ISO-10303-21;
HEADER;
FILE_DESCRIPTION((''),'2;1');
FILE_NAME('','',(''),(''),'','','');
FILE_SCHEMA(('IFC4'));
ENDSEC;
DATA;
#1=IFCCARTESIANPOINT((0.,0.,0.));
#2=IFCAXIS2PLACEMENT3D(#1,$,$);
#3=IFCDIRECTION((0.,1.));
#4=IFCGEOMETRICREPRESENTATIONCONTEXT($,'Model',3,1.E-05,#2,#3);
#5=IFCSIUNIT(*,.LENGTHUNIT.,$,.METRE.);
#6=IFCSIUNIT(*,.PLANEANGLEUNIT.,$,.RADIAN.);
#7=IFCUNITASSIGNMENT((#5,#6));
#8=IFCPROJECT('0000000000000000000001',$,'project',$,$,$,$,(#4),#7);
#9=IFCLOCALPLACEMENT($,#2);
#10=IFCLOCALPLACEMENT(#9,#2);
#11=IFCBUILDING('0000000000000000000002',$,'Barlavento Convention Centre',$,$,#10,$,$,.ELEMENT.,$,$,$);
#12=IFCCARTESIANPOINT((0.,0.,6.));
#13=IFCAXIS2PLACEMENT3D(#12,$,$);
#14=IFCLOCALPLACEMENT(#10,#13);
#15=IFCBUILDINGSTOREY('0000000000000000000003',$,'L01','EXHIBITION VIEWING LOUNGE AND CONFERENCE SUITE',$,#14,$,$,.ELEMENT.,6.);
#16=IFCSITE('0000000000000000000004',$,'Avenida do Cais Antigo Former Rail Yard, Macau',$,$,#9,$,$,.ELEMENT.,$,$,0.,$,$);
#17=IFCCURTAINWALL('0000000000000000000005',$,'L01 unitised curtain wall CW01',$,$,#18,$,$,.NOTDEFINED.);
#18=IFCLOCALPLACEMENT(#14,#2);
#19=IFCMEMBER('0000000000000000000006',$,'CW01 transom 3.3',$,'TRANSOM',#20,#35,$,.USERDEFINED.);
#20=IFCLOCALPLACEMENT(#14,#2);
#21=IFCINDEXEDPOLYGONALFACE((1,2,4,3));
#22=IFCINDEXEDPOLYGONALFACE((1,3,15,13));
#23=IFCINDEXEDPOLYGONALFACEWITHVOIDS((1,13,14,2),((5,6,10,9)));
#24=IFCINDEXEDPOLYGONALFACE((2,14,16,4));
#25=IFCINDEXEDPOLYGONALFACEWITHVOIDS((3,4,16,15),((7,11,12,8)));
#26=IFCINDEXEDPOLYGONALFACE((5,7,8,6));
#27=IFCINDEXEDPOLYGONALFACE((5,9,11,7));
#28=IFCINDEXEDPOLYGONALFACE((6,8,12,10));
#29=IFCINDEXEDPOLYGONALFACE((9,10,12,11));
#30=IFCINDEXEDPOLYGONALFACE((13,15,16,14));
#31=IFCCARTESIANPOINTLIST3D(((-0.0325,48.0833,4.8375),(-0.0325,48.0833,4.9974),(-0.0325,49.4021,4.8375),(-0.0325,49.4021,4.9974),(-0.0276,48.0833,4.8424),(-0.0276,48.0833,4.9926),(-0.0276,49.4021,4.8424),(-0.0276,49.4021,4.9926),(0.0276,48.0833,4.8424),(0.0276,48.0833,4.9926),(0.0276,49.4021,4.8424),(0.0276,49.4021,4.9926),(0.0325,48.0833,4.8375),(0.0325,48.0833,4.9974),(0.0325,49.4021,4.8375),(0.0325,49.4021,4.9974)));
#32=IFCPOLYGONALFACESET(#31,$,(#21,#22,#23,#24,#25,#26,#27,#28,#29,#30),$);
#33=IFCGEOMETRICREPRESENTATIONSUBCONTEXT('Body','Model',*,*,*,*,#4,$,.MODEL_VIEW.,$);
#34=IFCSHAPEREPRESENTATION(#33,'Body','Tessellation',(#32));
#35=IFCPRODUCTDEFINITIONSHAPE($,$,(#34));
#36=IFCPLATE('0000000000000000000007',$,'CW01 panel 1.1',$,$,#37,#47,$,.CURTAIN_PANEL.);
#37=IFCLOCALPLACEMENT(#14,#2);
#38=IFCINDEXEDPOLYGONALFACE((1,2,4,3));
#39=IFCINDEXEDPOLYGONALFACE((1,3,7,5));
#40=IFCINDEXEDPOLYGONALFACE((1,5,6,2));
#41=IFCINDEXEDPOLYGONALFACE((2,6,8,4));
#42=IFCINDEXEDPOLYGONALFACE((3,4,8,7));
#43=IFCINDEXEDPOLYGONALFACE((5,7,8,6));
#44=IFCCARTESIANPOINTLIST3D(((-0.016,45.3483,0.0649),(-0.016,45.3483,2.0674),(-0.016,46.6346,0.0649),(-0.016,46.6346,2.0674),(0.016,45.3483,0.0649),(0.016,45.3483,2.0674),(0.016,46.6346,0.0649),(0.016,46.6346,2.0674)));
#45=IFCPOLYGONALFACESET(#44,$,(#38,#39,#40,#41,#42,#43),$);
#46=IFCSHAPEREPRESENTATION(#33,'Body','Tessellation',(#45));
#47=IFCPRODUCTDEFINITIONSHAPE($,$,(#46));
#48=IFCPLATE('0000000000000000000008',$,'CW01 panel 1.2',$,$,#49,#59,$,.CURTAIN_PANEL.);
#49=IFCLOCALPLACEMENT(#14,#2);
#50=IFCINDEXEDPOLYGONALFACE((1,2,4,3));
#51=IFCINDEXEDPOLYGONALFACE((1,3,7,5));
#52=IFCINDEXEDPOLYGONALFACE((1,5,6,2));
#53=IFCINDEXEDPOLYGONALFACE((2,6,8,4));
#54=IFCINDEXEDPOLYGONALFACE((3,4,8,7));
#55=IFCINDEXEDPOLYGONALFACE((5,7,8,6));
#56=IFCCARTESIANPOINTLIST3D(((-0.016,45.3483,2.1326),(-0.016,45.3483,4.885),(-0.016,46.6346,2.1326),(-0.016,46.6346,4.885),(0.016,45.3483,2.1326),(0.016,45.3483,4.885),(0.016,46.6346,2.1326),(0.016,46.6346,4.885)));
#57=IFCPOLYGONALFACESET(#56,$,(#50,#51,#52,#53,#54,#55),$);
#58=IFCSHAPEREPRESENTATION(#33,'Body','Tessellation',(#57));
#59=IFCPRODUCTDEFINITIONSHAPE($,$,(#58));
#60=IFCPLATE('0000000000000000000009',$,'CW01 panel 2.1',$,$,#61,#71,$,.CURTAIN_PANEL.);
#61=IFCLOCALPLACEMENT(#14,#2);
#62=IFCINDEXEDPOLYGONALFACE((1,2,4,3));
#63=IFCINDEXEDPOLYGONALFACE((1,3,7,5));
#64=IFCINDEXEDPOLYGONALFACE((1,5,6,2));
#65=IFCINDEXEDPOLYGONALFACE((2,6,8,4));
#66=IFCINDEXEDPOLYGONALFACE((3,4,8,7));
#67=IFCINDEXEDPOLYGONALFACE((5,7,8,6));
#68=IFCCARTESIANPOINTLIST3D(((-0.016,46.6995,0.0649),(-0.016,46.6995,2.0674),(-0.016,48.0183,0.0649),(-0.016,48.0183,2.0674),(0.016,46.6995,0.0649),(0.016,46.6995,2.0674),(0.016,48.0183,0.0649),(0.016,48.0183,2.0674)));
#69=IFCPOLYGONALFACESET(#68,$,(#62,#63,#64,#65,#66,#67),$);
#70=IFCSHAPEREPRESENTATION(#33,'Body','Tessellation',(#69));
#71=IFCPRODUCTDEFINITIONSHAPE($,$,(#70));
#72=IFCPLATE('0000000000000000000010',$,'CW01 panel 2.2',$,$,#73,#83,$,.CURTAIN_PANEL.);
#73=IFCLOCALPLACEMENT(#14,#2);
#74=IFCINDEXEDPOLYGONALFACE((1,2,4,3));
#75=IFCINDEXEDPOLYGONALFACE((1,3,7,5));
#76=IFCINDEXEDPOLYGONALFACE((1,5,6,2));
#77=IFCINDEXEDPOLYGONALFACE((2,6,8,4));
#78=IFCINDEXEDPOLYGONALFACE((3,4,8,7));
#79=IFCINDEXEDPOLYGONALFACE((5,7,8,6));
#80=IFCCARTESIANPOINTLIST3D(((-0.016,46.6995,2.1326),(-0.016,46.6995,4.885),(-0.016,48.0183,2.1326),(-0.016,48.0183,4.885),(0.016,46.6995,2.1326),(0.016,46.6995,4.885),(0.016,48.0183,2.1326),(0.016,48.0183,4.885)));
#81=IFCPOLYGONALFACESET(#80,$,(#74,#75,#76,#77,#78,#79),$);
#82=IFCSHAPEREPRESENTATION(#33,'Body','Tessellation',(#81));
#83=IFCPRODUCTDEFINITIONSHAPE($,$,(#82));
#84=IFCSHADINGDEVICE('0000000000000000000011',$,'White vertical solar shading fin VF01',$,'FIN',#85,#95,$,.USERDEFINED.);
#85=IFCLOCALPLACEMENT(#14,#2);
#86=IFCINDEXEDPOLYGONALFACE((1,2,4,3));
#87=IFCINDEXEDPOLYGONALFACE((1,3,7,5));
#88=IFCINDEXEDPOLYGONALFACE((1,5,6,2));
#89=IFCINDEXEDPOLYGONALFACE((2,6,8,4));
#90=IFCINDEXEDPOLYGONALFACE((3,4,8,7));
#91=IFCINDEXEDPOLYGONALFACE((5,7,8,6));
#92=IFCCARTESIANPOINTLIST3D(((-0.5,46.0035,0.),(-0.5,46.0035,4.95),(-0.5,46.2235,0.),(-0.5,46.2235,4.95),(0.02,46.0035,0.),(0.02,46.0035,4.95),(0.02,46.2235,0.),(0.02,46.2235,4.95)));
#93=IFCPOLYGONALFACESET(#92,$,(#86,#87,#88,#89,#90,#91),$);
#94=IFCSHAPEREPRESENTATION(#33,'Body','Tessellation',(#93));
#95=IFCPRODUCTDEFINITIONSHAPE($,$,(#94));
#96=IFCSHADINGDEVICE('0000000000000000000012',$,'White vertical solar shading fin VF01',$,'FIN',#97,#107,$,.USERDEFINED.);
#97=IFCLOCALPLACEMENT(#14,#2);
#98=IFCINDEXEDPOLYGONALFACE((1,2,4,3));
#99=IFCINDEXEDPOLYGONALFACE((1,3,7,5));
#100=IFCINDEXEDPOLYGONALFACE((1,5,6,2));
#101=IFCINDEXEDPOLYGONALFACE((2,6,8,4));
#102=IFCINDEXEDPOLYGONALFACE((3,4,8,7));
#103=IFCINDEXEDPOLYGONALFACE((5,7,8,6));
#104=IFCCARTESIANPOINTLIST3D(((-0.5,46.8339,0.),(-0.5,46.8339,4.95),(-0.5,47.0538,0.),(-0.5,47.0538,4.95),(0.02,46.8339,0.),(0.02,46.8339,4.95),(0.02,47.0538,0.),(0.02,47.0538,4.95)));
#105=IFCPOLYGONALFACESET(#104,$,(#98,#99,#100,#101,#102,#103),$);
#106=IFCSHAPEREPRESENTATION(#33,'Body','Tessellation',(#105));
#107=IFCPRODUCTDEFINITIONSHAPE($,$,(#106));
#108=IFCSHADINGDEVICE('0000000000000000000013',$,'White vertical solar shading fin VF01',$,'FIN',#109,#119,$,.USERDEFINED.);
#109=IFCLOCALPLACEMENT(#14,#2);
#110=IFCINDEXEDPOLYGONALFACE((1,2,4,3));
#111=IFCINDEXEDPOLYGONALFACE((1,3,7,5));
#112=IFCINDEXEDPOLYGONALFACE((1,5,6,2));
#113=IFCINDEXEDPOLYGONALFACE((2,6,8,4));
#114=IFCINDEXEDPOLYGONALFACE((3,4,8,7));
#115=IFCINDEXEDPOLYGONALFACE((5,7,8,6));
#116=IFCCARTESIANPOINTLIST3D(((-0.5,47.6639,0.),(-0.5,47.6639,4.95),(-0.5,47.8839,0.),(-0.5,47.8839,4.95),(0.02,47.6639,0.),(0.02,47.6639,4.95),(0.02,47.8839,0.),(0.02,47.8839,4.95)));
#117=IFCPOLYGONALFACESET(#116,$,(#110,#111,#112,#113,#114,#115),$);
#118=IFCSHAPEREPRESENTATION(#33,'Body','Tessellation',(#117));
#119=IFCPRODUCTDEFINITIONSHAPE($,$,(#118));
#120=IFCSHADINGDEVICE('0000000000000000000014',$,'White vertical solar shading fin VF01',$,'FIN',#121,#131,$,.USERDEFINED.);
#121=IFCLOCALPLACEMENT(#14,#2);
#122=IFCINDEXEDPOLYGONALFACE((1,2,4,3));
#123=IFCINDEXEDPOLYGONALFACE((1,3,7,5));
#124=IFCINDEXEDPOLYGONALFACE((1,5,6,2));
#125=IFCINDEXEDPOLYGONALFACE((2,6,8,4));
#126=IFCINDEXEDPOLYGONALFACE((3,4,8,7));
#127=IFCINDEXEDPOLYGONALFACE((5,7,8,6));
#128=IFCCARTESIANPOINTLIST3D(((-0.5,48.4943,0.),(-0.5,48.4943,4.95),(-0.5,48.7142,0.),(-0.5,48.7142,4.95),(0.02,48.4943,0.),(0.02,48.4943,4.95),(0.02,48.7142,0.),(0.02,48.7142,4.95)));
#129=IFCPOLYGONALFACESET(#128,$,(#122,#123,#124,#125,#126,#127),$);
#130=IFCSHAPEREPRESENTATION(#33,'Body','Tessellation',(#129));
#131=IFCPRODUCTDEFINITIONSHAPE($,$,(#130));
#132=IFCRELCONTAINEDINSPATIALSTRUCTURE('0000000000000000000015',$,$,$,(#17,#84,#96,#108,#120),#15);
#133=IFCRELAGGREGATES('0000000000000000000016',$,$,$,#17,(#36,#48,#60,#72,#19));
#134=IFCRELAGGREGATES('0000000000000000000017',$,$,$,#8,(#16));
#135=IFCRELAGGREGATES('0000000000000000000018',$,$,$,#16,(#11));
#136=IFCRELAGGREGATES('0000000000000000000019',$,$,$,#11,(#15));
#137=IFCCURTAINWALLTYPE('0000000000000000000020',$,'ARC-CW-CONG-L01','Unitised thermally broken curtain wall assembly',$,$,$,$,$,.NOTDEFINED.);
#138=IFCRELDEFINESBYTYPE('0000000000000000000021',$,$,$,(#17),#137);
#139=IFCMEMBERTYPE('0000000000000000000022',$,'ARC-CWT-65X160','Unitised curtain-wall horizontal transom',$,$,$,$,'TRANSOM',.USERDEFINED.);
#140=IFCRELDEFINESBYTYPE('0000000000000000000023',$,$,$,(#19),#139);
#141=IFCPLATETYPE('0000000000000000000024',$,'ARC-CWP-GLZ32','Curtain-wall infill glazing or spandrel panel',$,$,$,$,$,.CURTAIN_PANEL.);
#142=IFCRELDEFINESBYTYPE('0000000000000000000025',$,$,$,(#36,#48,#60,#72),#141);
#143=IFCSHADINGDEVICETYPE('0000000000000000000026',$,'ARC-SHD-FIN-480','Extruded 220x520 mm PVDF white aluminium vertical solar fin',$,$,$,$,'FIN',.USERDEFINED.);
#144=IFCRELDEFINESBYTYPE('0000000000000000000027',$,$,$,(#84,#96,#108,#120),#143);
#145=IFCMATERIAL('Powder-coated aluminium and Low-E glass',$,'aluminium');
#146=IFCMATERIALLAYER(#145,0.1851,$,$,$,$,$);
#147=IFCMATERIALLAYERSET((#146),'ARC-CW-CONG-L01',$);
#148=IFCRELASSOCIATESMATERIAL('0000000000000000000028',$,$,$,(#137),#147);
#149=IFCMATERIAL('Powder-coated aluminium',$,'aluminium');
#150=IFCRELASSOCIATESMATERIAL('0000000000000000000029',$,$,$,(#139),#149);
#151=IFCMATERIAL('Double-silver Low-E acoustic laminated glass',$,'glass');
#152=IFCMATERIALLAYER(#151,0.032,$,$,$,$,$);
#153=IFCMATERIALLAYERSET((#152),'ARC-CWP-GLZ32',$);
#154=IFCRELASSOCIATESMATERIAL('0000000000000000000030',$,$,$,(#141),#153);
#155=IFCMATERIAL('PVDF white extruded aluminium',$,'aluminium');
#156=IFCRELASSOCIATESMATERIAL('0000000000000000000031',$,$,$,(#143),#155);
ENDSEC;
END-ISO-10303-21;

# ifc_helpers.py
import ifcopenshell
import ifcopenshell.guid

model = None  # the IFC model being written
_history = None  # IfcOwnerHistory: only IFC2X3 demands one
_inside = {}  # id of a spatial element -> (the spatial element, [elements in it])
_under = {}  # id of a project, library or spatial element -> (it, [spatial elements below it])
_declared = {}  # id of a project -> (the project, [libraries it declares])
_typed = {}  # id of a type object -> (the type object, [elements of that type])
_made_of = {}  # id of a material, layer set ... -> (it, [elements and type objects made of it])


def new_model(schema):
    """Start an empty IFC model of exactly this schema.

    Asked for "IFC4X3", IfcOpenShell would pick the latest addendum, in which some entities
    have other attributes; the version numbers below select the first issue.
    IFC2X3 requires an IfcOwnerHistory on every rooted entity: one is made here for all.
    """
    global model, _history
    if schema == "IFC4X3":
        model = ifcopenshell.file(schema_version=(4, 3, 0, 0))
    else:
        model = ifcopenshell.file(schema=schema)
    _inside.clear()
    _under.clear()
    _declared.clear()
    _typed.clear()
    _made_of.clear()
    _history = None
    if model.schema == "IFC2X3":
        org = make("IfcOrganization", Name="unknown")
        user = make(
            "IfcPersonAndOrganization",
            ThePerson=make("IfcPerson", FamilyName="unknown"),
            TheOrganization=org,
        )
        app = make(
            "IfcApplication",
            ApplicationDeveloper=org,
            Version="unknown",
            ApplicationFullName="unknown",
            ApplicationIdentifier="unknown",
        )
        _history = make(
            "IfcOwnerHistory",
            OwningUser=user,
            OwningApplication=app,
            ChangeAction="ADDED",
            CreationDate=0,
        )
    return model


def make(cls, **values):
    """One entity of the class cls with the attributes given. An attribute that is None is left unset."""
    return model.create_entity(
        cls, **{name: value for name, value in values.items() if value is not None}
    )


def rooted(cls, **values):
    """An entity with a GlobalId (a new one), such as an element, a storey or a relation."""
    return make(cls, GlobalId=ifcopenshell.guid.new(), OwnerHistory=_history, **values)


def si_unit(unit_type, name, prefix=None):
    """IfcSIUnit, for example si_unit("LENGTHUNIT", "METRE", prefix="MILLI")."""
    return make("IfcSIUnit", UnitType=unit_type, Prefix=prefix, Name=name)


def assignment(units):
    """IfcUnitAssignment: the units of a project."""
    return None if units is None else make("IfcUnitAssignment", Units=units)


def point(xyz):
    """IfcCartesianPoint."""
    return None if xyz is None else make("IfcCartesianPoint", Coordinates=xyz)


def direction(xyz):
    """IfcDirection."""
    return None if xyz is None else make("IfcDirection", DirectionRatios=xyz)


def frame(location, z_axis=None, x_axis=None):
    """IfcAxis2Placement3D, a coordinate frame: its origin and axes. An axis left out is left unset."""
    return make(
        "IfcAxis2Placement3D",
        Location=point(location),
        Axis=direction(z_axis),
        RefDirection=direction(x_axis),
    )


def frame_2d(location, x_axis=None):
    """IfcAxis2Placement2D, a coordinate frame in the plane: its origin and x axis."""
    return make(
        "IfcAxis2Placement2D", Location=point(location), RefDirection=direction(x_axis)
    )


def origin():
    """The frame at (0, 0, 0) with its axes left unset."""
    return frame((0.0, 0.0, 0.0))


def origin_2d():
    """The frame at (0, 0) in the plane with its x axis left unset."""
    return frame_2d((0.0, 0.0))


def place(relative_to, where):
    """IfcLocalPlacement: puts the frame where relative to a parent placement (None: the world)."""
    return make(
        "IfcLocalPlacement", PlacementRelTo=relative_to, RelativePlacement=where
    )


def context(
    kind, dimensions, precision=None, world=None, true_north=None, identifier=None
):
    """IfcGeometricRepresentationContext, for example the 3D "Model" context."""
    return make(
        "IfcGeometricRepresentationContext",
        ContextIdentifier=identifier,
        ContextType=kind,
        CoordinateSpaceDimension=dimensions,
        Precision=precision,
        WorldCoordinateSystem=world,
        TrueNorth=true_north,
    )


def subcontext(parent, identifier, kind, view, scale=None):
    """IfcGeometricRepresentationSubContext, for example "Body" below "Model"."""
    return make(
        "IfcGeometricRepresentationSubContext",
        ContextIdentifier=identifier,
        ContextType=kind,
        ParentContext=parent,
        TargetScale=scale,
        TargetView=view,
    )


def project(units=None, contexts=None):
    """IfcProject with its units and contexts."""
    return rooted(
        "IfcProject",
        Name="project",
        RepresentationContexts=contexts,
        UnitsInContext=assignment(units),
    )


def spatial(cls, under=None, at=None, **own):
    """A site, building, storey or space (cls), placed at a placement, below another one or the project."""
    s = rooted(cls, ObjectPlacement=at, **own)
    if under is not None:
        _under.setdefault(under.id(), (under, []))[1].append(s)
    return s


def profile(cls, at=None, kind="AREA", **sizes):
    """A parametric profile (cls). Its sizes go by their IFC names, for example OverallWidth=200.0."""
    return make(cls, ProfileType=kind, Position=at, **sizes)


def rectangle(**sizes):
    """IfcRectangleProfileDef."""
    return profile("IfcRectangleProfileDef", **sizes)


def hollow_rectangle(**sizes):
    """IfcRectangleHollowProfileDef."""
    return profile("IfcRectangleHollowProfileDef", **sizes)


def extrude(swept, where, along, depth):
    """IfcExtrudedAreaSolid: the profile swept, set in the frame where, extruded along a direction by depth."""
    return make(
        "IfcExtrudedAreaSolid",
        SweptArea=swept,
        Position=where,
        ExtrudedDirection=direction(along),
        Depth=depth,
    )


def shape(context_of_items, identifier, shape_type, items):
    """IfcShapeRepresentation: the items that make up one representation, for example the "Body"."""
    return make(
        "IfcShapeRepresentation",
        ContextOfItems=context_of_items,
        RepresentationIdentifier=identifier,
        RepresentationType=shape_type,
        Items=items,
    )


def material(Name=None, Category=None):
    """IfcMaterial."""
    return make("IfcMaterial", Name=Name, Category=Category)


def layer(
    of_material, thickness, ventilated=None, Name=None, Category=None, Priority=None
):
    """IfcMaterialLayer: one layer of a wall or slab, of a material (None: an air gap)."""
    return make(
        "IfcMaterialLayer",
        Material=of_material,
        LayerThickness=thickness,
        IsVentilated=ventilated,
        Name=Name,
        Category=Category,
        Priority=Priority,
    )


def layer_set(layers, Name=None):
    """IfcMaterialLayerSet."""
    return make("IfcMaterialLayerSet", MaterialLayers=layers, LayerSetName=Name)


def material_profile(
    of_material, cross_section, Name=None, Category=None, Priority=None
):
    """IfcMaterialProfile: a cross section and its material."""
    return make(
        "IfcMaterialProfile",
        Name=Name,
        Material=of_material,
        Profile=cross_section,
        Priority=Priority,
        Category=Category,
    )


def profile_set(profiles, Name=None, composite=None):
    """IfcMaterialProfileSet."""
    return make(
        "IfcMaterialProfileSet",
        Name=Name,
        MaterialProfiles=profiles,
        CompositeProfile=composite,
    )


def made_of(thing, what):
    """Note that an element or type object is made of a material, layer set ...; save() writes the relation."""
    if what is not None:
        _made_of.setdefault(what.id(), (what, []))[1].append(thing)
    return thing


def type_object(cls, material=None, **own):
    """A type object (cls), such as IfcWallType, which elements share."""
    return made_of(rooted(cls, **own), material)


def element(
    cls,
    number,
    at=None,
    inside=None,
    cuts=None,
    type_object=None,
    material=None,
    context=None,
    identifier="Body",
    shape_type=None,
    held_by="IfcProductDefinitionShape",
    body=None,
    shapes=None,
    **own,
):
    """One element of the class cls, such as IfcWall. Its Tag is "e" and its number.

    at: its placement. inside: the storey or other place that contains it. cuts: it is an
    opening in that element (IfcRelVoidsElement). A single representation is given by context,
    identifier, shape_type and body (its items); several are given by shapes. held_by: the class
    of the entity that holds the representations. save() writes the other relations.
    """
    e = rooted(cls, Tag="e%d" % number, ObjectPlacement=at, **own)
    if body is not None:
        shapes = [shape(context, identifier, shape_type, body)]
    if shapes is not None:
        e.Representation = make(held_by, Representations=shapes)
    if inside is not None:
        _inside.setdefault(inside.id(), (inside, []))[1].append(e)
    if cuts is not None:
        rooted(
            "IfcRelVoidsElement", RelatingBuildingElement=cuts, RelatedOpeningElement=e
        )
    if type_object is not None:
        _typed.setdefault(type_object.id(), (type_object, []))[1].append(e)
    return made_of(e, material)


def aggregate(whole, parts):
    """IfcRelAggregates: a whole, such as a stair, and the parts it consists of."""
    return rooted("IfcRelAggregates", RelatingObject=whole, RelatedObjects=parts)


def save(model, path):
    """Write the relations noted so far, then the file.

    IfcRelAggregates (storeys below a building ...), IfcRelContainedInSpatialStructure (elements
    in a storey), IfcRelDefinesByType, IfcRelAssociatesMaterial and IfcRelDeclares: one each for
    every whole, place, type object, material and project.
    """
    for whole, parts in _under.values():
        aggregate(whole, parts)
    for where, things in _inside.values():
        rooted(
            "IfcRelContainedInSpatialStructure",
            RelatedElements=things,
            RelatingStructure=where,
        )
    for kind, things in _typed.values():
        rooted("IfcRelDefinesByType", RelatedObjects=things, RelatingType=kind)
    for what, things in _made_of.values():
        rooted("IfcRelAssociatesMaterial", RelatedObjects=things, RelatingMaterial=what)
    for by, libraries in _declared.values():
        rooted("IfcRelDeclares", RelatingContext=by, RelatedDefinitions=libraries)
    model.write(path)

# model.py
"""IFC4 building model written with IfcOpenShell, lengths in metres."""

from ifc_helpers import new_model, si_unit, direction, frame, origin, origin_2d, place, context, subcontext, project, spatial, rectangle, hollow_rectangle, extrude, material, layer, layer_set, material_profile, profile_set, type_object, element, aggregate, save


model = new_model("IFC4")

# Units and contexts
model_context = context("Model", 3, precision=1e-05, world=origin(), true_north=direction((0.0, 1.0)))
body_context = subcontext(model_context, "Body", "Model", "MODEL_VIEW")
ifc_project = project(units=[si_unit("LENGTHUNIT", "METRE"), si_unit("PLANEANGLEUNIT", "RADIAN")], contexts=[model_context])

# Site, building, storey
site_placement = place(None, origin())
site = spatial("IfcSite", under=ifc_project, at=site_placement, Name="Avenida do Cais Antigo Former Rail Yard, Macau", CompositionType="ELEMENT", RefElevation=0.0)
building_placement = place(site_placement, origin())
building = spatial("IfcBuilding", under=site, at=building_placement, Name="Barlavento Convention Centre", CompositionType="ELEMENT")
storey_placement = place(building_placement, frame((0.0, 0.0, 6.0)))
storey = spatial("IfcBuildingStorey", under=building, at=storey_placement, Name="L01", Description="EXHIBITION VIEWING LOUNGE AND CONFERENCE SUITE", CompositionType="ELEMENT", Elevation=6.0)

# Curtain wall, member, plates
ifc_material_1 = material(Name="Powder-coated aluminium and Low-E glass", Category="aluminium")
ifc_layer_1 = layer(ifc_material_1, 0.1851)
ifc_layer_set_1 = layer_set([ifc_layer_1], Name="ARC-CW-CONG-L01")
curtain_wall_type = type_object("IfcCurtainWallType", Name="ARC-CW-CONG-L01", Description="Unitised thermally broken curtain wall assembly", PredefinedType="NOTDEFINED", material=ifc_layer_set_1)
curtain_wall_placement = place(storey_placement, origin())
curtain_wall = element("IfcCurtainWall", 1, at=curtain_wall_placement, inside=storey, type_object=curtain_wall_type, Name="L01 unitised curtain wall CW01", PredefinedType="NOTDEFINED")
ifc_material_2 = material(Name="Powder-coated aluminium", Category="aluminium")
ifc_material_profile_1 = material_profile(ifc_material_2, hollow_rectangle(XDim=0.0649, YDim=0.1599, WallThickness=0.0049, at=origin_2d()), Name="AL-TRAN 65x160x5")
ifc_profile_set_1 = profile_set([ifc_material_profile_1], Name="Powder-coated aluminium")
member_type_1 = type_object("IfcMemberType", Name="ARC-CWT-65X160", Description="Unitised curtain-wall horizontal transom", ElementType="TRANSOM", PredefinedType="USERDEFINED", material=ifc_profile_set_1)
member_1_placement = place(storey_placement, frame((0.0, 48.0833, 4.9175), z_axis=(0.0, 1.0, 0.0), x_axis=(-1.0, 0.0, 0.0)))
member_1 = element("IfcMember", 2, at=member_1_placement, type_object=member_type_1, Name="CW01 transom 3.3", ObjectType="TRANSOM", PredefinedType="USERDEFINED", context=body_context, shape_type="SweptSolid", body=[
    extrude(hollow_rectangle(XDim=0.0649, YDim=0.1599, WallThickness=0.0049, at=origin_2d()), origin(), (0.0, 0.0, 1.0), 1.3188),
])
ifc_material_3 = material(Name="Double-silver Low-E acoustic laminated glass", Category="glass")
ifc_layer_2 = layer(ifc_material_3, 0.032)
ifc_layer_set_2 = layer_set([ifc_layer_2], Name="ARC-CWP-GLZ32")
plate_type = type_object("IfcPlateType", Name="ARC-CWP-GLZ32", Description="Curtain-wall infill glazing or spandrel panel", PredefinedType="CURTAIN_PANEL", material=ifc_layer_set_2)
plate_1_placement = place(storey_placement, frame((0.0, 45.9915, 0.0649), z_axis=(0.0, 0.0, 1.0), x_axis=(0.0, 1.0, 0.0)))
plate_1 = element("IfcPlate", 3, at=plate_1_placement, type_object=plate_type, Name="CW01 panel 1.1", PredefinedType="CURTAIN_PANEL", context=body_context, shape_type="SweptSolid", body=[
    extrude(rectangle(XDim=1.2864, YDim=0.032, at=origin_2d()), origin(), (0.0, 0.0, 1.0), 2.0024),
])
plate_2_placement = place(storey_placement, frame((0.0, 45.9915, 2.1326), z_axis=(0.0, 0.0, 1.0), x_axis=(0.0, 1.0, 0.0)))
plate_2 = element("IfcPlate", 4, at=plate_2_placement, type_object=plate_type, Name="CW01 panel 1.2", PredefinedType="CURTAIN_PANEL", context=body_context, shape_type="SweptSolid", body=[
    extrude(rectangle(XDim=1.2864, YDim=0.032, at=origin_2d()), origin(), (0.0, 0.0, 1.0), 2.7524),
])
plate_3_placement = place(storey_placement, frame((0.0, 47.3589, 0.0649), z_axis=(0.0, 0.0, 1.0), x_axis=(0.0, 1.0, 0.0)))
plate_3 = element("IfcPlate", 5, at=plate_3_placement, type_object=plate_type, Name="CW01 panel 2.1", PredefinedType="CURTAIN_PANEL", context=body_context, shape_type="SweptSolid", body=[
    extrude(rectangle(XDim=1.3188, YDim=0.032, at=origin_2d()), origin(), (0.0, 0.0, 1.0), 2.0024),
])
plate_4_placement = place(storey_placement, frame((0.0, 47.3589, 2.1326), z_axis=(0.0, 0.0, 1.0), x_axis=(0.0, 1.0, 0.0)))
plate_4 = element("IfcPlate", 6, at=plate_4_placement, type_object=plate_type, Name="CW01 panel 2.2", PredefinedType="CURTAIN_PANEL", context=body_context, shape_type="SweptSolid", body=[
    extrude(rectangle(XDim=1.3188, YDim=0.032, at=origin_2d()), origin(), (0.0, 0.0, 1.0), 2.7524),
])
aggregate(curtain_wall, [plate_1, plate_2, plate_3, plate_4, member_1])

# Shading devices
ifc_material_4 = material(Name="PVDF white extruded aluminium", Category="aluminium")
shading_device_type = type_object("IfcShadingDeviceType", Name="ARC-SHD-FIN-480", Description="Extruded 220x520 mm PVDF white aluminium vertical solar fin", ElementType="FIN", PredefinedType="USERDEFINED", material=ifc_material_4)
for number, where, z_axis, x_axis, name in (
    (7, (-0.24, 46.1135, 0.0), (0.0, 0.0, 1.0), (0.0, 1.0, 0.0), "White vertical solar shading fin VF01"),
    (8, (-0.24, 46.9438, 0.0), (0.0, 0.0, 1.0), (0.0, 1.0, 0.0), "White vertical solar shading fin VF01"),
    (9, (-0.24, 47.7739, 0.0), (0.0, 0.0, 1.0), (0.0, 1.0, 0.0), "White vertical solar shading fin VF01"),
    (10, (-0.24, 48.6042, 0.0), (0.0, 0.0, 1.0), (0.0, 1.0, 0.0), "White vertical solar shading fin VF01"),
):
    element("IfcShadingDevice", number, at=place(storey_placement, frame(where, z_axis=z_axis, x_axis=x_axis)), inside=storey, type_object=shading_device_type, Name=name, ObjectType="FIN", PredefinedType="USERDEFINED", context=body_context, shape_type="SweptSolid", body=[
        extrude(rectangle(XDim=0.22, YDim=0.52, at=origin_2d()), origin(), (0.0, 0.0, 1.0), 4.95),
    ])

save(model, "model.ifc")
